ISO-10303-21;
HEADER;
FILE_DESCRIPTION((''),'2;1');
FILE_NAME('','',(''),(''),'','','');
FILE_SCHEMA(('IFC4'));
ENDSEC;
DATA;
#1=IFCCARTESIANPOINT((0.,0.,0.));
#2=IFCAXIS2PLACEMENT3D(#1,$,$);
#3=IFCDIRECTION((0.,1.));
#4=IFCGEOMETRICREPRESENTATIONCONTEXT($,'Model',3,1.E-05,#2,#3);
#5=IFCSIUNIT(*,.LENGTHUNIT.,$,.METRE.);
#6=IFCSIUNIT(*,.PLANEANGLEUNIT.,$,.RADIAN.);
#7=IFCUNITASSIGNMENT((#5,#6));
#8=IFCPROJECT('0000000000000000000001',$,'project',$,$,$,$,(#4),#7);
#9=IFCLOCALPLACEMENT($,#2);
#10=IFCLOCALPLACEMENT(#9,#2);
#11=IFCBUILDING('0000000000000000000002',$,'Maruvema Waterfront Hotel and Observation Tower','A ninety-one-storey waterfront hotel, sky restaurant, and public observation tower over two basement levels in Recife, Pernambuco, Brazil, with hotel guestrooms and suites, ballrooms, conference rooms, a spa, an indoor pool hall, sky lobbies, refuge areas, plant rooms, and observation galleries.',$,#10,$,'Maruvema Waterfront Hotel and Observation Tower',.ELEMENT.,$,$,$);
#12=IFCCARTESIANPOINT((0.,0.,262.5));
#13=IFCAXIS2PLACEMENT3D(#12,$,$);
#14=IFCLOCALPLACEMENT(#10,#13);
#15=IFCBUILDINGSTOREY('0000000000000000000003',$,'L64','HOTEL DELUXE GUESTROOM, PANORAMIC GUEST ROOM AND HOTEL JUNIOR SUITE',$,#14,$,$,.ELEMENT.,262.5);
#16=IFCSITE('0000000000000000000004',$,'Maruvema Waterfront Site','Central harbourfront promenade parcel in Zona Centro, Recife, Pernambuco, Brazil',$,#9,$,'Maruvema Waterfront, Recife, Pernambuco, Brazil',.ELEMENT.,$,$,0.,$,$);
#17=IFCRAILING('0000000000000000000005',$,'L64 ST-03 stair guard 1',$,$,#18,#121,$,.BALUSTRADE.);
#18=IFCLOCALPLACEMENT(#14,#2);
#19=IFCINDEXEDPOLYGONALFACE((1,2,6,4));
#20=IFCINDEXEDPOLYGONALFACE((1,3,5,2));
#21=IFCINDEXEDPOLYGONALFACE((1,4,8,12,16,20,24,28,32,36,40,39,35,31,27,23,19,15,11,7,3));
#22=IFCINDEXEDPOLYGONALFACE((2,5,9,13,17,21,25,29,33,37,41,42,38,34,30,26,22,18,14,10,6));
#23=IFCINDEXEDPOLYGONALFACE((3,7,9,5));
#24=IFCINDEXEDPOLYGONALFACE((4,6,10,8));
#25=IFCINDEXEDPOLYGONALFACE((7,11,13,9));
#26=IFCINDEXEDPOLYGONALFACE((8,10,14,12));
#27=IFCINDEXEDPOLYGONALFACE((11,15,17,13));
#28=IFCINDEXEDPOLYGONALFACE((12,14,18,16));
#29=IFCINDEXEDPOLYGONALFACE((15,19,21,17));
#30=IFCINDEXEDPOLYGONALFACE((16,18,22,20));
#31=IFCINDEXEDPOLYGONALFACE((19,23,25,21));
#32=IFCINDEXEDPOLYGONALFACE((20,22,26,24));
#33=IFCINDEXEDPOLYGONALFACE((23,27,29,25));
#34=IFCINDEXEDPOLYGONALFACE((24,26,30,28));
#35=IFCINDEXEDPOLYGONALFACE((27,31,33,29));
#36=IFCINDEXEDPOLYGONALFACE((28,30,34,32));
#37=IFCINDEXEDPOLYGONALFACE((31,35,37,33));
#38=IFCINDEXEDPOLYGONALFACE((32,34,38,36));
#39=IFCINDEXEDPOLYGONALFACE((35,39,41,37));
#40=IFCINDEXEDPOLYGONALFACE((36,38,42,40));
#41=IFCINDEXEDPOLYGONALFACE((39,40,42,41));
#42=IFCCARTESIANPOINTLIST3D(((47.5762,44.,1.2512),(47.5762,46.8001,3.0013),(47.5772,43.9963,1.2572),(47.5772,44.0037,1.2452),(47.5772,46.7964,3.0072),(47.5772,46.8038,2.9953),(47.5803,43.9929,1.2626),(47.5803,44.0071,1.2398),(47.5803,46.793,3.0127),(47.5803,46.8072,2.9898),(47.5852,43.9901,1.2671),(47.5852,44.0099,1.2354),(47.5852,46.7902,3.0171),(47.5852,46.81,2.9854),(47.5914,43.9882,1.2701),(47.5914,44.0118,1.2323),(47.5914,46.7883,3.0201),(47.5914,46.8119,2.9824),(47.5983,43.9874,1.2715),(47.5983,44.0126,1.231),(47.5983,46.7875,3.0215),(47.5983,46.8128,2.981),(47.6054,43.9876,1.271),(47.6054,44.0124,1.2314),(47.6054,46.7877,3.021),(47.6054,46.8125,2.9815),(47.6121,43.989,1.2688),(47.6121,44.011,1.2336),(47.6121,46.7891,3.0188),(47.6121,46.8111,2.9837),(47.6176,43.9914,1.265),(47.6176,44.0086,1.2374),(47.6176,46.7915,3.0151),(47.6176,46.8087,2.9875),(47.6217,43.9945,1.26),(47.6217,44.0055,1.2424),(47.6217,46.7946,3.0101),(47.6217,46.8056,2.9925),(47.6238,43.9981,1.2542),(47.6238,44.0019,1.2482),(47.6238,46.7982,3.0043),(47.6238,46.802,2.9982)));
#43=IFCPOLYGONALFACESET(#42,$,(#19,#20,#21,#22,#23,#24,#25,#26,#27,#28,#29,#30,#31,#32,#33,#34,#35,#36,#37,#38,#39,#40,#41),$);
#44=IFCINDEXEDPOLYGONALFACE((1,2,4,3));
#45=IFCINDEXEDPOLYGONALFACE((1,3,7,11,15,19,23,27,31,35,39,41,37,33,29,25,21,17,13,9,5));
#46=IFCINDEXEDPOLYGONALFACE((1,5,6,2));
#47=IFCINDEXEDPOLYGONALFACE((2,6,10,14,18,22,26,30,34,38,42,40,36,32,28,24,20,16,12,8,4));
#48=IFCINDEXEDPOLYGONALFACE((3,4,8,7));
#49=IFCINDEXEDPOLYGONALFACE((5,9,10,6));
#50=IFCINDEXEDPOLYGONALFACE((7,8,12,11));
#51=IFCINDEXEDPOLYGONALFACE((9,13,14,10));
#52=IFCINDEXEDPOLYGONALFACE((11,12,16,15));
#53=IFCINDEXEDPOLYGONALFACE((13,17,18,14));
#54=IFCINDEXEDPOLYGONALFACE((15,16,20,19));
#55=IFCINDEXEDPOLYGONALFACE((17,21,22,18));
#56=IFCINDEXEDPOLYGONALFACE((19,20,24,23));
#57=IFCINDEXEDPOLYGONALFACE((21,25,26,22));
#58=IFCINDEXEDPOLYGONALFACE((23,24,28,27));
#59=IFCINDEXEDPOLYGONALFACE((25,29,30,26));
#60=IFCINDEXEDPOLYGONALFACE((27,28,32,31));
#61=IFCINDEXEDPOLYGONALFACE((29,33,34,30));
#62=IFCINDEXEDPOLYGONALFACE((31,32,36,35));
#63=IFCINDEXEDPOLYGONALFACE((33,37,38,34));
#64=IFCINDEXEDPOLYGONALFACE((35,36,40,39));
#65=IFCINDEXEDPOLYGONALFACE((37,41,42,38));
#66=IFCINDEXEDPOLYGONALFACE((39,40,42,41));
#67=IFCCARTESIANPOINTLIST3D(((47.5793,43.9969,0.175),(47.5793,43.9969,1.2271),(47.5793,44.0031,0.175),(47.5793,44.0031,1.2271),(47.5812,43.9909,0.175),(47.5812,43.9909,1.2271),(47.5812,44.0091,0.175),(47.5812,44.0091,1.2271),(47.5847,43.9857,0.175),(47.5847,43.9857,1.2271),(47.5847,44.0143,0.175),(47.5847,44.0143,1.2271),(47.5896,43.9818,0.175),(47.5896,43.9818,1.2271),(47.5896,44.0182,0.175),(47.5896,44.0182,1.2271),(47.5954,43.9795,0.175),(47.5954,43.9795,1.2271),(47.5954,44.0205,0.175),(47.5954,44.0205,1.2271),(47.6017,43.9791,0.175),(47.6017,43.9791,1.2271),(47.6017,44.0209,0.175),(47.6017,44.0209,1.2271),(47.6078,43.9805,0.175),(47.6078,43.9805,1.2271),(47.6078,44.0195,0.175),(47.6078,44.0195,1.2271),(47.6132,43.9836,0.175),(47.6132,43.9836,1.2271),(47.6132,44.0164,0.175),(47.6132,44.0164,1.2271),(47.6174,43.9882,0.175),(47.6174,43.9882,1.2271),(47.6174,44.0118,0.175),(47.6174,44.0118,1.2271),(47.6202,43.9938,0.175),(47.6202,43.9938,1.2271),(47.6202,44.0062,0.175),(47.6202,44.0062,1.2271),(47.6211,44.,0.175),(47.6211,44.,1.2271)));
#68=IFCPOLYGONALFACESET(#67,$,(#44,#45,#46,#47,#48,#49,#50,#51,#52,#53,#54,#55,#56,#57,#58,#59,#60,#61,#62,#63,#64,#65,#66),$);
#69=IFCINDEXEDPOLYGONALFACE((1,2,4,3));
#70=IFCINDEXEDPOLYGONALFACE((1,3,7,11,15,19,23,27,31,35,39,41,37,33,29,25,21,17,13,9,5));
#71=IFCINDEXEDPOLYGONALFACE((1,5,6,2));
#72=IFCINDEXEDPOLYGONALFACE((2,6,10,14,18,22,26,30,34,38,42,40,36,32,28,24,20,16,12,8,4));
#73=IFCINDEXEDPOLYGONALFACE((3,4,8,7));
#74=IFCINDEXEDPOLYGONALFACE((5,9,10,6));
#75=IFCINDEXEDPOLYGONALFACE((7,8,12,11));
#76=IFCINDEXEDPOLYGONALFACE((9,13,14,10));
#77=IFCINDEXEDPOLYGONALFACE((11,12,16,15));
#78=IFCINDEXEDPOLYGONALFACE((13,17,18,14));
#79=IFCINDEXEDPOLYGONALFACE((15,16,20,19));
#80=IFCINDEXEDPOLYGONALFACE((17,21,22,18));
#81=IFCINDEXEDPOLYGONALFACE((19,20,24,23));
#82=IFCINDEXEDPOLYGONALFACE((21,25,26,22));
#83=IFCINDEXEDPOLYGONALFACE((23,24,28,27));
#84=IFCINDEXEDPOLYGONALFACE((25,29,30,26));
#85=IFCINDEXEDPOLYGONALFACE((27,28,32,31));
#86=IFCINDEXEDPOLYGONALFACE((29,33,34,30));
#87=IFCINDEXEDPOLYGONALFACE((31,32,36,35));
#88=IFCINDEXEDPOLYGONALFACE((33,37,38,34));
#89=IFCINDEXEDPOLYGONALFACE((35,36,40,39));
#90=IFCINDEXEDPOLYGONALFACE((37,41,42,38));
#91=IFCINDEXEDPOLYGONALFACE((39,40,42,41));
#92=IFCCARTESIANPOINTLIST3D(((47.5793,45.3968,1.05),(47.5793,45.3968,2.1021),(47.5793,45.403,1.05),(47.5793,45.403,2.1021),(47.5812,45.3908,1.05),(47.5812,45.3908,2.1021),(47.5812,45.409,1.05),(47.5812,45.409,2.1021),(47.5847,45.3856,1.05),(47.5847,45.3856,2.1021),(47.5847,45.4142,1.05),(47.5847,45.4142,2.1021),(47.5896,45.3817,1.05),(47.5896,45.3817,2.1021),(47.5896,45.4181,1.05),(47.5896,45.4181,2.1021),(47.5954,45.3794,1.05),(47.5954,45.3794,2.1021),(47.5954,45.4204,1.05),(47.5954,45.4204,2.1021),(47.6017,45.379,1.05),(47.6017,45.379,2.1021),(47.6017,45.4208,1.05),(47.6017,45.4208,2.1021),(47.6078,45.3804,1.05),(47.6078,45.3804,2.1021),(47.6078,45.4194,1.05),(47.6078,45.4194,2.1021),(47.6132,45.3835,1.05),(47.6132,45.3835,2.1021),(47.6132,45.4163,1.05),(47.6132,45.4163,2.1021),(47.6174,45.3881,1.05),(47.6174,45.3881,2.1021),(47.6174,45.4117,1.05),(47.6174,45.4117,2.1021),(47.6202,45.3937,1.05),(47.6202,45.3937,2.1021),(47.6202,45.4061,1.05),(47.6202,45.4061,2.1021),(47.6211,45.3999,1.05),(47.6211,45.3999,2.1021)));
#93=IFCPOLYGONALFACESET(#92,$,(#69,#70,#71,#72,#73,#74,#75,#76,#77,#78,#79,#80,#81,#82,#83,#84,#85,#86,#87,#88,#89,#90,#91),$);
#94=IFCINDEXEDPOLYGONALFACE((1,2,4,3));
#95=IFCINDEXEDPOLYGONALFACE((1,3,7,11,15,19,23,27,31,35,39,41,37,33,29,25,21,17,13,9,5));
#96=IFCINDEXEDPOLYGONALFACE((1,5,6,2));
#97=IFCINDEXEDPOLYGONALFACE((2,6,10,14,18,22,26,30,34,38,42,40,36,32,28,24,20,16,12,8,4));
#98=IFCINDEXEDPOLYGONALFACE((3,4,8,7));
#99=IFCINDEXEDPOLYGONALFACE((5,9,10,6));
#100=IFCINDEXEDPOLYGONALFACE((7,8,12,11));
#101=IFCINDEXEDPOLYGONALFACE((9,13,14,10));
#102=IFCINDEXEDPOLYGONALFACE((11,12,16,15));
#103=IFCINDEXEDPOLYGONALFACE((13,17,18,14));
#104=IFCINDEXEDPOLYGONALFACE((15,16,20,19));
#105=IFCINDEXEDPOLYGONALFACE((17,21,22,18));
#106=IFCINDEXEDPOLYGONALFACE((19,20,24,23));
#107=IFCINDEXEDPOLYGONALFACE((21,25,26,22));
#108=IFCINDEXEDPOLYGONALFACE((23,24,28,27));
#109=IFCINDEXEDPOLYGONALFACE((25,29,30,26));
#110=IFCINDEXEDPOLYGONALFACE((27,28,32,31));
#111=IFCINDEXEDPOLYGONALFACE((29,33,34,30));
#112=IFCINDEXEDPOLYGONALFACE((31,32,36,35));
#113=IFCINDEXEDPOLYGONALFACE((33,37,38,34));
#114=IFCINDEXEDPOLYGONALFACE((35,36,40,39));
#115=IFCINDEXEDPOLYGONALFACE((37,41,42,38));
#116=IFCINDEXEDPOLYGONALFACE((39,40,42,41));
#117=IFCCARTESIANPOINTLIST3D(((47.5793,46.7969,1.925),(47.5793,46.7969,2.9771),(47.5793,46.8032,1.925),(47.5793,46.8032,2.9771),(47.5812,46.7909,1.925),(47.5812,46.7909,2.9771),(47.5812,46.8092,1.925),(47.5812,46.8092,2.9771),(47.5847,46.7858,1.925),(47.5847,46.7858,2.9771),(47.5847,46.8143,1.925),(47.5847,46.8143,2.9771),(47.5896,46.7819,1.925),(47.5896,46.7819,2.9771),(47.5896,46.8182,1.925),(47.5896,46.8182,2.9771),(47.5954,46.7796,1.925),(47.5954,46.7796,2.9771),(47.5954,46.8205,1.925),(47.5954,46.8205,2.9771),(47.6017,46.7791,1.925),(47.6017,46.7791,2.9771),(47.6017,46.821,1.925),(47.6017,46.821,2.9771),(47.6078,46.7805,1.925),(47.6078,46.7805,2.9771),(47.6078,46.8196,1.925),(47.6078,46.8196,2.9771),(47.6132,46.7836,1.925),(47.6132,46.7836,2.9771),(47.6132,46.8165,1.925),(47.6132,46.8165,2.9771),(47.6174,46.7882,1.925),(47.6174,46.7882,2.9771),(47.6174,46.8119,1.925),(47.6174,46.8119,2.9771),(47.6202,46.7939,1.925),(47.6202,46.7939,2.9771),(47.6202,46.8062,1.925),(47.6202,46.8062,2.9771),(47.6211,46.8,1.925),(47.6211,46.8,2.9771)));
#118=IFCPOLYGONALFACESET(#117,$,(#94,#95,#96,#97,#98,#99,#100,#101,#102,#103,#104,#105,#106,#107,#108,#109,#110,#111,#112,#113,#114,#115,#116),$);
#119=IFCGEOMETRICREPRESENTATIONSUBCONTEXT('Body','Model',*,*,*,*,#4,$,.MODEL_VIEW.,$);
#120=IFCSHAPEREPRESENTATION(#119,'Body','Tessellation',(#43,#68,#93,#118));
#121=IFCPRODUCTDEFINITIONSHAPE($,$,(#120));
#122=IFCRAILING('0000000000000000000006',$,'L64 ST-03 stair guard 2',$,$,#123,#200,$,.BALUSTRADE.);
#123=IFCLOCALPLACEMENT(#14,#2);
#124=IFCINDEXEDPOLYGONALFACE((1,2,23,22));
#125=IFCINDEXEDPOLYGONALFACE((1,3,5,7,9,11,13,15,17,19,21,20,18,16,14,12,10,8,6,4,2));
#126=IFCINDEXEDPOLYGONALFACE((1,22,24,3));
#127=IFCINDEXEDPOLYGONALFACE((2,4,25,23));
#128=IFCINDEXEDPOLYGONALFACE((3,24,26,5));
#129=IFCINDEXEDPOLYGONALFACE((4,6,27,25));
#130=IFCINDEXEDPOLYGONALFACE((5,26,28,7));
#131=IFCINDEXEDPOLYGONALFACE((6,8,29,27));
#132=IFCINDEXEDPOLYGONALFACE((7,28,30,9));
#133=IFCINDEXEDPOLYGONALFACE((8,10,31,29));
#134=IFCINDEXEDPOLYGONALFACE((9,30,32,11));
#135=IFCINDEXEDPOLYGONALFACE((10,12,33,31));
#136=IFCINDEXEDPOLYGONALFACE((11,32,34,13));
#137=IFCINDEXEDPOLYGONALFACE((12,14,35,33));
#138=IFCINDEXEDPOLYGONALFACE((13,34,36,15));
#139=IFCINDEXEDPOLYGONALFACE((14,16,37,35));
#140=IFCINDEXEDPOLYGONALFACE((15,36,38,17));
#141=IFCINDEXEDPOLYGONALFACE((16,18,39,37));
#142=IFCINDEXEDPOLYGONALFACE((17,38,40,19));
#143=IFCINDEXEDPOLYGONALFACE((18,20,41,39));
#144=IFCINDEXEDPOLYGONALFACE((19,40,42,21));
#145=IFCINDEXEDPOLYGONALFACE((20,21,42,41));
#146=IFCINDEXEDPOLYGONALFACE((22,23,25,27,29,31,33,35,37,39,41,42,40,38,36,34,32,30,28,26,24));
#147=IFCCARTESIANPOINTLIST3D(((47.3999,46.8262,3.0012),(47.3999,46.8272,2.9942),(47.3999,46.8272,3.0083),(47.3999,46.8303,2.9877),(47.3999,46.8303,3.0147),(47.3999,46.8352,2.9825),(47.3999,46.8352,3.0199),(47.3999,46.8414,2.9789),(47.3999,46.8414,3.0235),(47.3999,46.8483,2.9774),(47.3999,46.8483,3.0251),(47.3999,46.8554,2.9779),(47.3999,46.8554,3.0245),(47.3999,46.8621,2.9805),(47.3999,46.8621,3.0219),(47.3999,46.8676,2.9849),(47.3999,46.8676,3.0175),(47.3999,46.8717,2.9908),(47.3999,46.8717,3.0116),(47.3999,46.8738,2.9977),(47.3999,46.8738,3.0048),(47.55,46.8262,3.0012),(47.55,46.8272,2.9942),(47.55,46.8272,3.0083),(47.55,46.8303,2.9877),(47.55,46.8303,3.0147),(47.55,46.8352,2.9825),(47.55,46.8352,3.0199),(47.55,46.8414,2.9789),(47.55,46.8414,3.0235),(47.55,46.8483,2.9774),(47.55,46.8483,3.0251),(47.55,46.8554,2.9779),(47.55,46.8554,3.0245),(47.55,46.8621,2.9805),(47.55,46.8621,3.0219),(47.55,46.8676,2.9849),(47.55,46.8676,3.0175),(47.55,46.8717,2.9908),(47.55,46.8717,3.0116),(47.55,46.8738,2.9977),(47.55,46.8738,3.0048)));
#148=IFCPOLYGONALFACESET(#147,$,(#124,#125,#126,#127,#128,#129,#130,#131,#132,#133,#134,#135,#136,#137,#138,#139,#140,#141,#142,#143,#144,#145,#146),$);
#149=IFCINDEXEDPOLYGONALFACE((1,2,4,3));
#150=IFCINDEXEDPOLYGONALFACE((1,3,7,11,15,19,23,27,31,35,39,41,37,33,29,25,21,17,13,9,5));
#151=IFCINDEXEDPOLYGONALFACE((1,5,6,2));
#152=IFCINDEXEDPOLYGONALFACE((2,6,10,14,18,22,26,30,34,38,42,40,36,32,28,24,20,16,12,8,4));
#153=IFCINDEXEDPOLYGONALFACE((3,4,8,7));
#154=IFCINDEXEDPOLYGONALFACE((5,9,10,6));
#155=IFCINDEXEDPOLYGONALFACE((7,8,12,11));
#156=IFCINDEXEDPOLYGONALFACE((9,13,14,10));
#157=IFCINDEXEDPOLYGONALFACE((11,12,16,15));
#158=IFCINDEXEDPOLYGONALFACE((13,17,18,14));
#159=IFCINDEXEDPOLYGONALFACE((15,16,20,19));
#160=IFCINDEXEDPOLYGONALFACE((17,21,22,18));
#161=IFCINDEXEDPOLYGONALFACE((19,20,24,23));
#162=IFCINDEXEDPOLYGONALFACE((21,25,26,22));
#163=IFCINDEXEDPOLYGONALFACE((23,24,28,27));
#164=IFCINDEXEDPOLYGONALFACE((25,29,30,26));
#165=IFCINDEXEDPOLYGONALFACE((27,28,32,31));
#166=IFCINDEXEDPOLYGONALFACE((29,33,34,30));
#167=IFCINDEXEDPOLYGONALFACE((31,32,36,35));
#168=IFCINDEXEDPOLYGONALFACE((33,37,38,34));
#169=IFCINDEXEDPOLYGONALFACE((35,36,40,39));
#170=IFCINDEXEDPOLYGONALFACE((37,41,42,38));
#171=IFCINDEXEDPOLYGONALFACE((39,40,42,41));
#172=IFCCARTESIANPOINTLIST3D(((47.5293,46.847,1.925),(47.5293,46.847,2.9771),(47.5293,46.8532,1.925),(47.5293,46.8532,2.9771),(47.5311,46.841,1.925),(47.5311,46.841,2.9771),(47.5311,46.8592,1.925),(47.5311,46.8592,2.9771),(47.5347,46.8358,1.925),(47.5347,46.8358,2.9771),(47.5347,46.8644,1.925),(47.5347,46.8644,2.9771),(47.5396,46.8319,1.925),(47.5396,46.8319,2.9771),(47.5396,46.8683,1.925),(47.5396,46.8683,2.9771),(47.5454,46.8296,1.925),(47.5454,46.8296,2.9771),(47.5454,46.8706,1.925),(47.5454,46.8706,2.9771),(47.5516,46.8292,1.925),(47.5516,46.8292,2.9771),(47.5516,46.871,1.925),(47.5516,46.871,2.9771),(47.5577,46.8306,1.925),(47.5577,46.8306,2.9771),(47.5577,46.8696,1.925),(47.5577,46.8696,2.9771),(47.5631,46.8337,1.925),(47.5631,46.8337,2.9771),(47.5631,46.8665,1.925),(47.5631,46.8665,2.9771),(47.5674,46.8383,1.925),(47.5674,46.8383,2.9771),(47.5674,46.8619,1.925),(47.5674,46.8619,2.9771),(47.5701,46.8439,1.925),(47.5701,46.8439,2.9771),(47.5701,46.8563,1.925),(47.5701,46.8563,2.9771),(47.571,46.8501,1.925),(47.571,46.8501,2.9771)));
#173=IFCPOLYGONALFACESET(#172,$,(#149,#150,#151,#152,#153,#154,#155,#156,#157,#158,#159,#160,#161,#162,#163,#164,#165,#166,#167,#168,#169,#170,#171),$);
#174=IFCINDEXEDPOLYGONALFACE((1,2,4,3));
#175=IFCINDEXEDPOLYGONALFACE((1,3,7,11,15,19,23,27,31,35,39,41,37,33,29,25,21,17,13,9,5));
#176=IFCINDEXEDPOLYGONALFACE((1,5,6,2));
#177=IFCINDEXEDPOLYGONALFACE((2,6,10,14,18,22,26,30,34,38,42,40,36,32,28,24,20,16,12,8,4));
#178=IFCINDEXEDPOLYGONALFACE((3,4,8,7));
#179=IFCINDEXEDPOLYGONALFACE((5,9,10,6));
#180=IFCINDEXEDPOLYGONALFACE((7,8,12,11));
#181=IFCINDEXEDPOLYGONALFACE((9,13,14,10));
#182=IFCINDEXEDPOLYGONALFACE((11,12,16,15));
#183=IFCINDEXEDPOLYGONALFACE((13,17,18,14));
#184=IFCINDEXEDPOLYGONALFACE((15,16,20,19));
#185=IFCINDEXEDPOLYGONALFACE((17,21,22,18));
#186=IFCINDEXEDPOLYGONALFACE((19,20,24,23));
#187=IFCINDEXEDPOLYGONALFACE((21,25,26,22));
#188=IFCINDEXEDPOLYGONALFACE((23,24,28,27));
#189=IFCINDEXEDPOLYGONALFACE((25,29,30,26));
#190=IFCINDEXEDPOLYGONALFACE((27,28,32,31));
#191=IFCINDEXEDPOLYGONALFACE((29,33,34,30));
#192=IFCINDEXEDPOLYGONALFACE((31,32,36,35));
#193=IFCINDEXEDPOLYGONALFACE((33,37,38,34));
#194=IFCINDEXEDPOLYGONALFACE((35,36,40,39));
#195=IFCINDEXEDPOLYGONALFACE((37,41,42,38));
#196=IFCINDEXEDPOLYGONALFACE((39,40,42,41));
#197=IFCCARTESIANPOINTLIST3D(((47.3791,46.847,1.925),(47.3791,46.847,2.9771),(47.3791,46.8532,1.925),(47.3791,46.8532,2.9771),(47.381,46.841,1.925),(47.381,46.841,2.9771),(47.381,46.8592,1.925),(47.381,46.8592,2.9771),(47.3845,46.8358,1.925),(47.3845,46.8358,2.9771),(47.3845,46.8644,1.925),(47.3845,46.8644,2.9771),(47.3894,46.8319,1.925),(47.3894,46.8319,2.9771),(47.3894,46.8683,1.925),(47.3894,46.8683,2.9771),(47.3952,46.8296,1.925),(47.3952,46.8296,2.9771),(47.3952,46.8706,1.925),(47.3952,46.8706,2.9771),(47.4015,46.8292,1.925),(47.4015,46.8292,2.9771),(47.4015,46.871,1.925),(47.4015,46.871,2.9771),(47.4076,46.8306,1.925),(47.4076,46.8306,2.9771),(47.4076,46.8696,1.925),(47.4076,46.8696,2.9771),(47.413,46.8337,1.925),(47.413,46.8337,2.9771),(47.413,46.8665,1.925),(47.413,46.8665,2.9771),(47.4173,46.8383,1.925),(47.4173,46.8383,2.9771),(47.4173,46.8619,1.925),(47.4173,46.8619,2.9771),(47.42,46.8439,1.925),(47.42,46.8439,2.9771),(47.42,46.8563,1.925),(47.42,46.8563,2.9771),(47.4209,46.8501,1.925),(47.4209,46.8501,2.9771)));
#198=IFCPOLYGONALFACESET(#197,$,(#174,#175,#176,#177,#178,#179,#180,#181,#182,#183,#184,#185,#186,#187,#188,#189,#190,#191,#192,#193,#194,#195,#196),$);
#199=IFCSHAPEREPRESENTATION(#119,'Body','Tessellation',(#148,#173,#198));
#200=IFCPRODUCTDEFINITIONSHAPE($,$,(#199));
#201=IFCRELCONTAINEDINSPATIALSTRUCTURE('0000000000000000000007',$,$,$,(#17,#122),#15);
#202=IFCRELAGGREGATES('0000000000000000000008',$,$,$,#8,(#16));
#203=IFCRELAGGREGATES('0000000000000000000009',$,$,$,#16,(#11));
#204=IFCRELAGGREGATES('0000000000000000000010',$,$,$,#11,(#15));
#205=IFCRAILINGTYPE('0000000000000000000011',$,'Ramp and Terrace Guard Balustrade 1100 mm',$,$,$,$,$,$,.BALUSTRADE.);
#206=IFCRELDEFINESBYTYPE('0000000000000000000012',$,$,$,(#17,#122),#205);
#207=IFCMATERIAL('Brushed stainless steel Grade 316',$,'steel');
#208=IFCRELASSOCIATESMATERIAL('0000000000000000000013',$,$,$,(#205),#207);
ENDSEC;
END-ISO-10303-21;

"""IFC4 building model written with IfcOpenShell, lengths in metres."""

from ifc_helpers import new_model, si_unit, direction, frame, origin, origin_2d, place, context, subcontext, project, spatial, circle, extrude, material, type_object, element, save


model = new_model("IFC4")

# Units and contexts
model_context = context("Model", 3, precision=1e-05, world=origin(), true_north=direction((0.0, 1.0)))
body_context = subcontext(model_context, "Body", "Model", "MODEL_VIEW")
ifc_project = project(units=[si_unit("LENGTHUNIT", "METRE"), si_unit("PLANEANGLEUNIT", "RADIAN")], contexts=[model_context])

# Site, building, storey
site_placement = place(None, origin())
site = spatial("IfcSite", under=ifc_project, at=site_placement, Name="Maruvema Waterfront Site", Description="Central harbourfront promenade parcel in Zona Centro, Recife, Pernambuco, Brazil", LongName="Maruvema Waterfront, Recife, Pernambuco, Brazil", CompositionType="ELEMENT", RefElevation=0.0)
building_placement = place(site_placement, origin())
building = spatial("IfcBuilding", under=site, at=building_placement, Name="Maruvema Waterfront Hotel and Observation Tower", Description="A ninety-one-storey waterfront hotel, sky restaurant, and public observation tower over two basement levels in Recife, Pernambuco, Brazil, with hotel guestrooms and suites, ballrooms, conference rooms, a spa, an indoor pool hall, sky lobbies, refuge areas, plant rooms, and observation galleries.", LongName="Maruvema Waterfront Hotel and Observation Tower", CompositionType="ELEMENT")
storey_placement = place(building_placement, frame((0.0, 0.0, 262.5)))
storey = spatial("IfcBuildingStorey", under=building, at=storey_placement, Name="L64", Description="HOTEL DELUXE GUESTROOM, PANORAMIC GUEST ROOM AND HOTEL JUNIOR SUITE", CompositionType="ELEMENT", Elevation=262.5)

# Railings
ifc_material_1 = material(Name="Brushed stainless steel Grade 316", Category="steel")
railing_type_1 = type_object("IfcRailingType", Name="Ramp and Terrace Guard Balustrade 1100 mm", PredefinedType="BALUSTRADE", material=ifc_material_1)
railing_1_placement = place(storey_placement, frame((47.6001, 44.0, 0.175)))
element("IfcRailing", 1, at=railing_1_placement, inside=storey, type_object=railing_type_1, Name="L64 ST-03 stair guard 1", PredefinedType="BALUSTRADE", context=body_context, shape_type="SweptSolid", body=[
    extrude(circle(Radius=0.0239, at=origin_2d()), frame((0.0, 0.0, 1.0762), z_axis=(0.0, 0.848002, 0.529992), x_axis=(-1.0, 0.0, 0.0)), (0.0, 0.0, 1.0), 3.302),
    extrude(circle(Radius=0.021, at=origin_2d()), origin(), (0.0, 0.0, 1.0), 1.052),
    extrude(circle(Radius=0.021, at=origin_2d()), frame((0.0, 1.3999, 0.875)), (0.0, 0.0, 1.0), 1.052),
    extrude(circle(Radius=0.021, at=origin_2d()), frame((0.0, 2.8, 1.75)), (0.0, 0.0, 1.0), 1.052),
])
railing_2_placement = place(storey_placement, frame((47.55, 46.8501, 1.925)))
element("IfcRailing", 2, at=railing_2_placement, inside=storey, type_object=railing_type_1, Name="L64 ST-03 stair guard 2", PredefinedType="BALUSTRADE", context=body_context, shape_type="SweptSolid", body=[
    extrude(circle(Radius=0.0239, at=origin_2d()), frame((0.0, 0.0, 1.0762), z_axis=(-1.0, 0.0, 0.0), x_axis=(0.0, -1.0, 0.0)), (0.0, 0.0, 1.0), 0.1501),
    extrude(circle(Radius=0.021, at=origin_2d()), origin(), (0.0, 0.0, 1.0), 1.052),
    extrude(circle(Radius=0.021, at=origin_2d()), frame((-0.1501, 0.0, 0.0)), (0.0, 0.0, 1.0), 1.052),
])

save(model, "model.ifc")
